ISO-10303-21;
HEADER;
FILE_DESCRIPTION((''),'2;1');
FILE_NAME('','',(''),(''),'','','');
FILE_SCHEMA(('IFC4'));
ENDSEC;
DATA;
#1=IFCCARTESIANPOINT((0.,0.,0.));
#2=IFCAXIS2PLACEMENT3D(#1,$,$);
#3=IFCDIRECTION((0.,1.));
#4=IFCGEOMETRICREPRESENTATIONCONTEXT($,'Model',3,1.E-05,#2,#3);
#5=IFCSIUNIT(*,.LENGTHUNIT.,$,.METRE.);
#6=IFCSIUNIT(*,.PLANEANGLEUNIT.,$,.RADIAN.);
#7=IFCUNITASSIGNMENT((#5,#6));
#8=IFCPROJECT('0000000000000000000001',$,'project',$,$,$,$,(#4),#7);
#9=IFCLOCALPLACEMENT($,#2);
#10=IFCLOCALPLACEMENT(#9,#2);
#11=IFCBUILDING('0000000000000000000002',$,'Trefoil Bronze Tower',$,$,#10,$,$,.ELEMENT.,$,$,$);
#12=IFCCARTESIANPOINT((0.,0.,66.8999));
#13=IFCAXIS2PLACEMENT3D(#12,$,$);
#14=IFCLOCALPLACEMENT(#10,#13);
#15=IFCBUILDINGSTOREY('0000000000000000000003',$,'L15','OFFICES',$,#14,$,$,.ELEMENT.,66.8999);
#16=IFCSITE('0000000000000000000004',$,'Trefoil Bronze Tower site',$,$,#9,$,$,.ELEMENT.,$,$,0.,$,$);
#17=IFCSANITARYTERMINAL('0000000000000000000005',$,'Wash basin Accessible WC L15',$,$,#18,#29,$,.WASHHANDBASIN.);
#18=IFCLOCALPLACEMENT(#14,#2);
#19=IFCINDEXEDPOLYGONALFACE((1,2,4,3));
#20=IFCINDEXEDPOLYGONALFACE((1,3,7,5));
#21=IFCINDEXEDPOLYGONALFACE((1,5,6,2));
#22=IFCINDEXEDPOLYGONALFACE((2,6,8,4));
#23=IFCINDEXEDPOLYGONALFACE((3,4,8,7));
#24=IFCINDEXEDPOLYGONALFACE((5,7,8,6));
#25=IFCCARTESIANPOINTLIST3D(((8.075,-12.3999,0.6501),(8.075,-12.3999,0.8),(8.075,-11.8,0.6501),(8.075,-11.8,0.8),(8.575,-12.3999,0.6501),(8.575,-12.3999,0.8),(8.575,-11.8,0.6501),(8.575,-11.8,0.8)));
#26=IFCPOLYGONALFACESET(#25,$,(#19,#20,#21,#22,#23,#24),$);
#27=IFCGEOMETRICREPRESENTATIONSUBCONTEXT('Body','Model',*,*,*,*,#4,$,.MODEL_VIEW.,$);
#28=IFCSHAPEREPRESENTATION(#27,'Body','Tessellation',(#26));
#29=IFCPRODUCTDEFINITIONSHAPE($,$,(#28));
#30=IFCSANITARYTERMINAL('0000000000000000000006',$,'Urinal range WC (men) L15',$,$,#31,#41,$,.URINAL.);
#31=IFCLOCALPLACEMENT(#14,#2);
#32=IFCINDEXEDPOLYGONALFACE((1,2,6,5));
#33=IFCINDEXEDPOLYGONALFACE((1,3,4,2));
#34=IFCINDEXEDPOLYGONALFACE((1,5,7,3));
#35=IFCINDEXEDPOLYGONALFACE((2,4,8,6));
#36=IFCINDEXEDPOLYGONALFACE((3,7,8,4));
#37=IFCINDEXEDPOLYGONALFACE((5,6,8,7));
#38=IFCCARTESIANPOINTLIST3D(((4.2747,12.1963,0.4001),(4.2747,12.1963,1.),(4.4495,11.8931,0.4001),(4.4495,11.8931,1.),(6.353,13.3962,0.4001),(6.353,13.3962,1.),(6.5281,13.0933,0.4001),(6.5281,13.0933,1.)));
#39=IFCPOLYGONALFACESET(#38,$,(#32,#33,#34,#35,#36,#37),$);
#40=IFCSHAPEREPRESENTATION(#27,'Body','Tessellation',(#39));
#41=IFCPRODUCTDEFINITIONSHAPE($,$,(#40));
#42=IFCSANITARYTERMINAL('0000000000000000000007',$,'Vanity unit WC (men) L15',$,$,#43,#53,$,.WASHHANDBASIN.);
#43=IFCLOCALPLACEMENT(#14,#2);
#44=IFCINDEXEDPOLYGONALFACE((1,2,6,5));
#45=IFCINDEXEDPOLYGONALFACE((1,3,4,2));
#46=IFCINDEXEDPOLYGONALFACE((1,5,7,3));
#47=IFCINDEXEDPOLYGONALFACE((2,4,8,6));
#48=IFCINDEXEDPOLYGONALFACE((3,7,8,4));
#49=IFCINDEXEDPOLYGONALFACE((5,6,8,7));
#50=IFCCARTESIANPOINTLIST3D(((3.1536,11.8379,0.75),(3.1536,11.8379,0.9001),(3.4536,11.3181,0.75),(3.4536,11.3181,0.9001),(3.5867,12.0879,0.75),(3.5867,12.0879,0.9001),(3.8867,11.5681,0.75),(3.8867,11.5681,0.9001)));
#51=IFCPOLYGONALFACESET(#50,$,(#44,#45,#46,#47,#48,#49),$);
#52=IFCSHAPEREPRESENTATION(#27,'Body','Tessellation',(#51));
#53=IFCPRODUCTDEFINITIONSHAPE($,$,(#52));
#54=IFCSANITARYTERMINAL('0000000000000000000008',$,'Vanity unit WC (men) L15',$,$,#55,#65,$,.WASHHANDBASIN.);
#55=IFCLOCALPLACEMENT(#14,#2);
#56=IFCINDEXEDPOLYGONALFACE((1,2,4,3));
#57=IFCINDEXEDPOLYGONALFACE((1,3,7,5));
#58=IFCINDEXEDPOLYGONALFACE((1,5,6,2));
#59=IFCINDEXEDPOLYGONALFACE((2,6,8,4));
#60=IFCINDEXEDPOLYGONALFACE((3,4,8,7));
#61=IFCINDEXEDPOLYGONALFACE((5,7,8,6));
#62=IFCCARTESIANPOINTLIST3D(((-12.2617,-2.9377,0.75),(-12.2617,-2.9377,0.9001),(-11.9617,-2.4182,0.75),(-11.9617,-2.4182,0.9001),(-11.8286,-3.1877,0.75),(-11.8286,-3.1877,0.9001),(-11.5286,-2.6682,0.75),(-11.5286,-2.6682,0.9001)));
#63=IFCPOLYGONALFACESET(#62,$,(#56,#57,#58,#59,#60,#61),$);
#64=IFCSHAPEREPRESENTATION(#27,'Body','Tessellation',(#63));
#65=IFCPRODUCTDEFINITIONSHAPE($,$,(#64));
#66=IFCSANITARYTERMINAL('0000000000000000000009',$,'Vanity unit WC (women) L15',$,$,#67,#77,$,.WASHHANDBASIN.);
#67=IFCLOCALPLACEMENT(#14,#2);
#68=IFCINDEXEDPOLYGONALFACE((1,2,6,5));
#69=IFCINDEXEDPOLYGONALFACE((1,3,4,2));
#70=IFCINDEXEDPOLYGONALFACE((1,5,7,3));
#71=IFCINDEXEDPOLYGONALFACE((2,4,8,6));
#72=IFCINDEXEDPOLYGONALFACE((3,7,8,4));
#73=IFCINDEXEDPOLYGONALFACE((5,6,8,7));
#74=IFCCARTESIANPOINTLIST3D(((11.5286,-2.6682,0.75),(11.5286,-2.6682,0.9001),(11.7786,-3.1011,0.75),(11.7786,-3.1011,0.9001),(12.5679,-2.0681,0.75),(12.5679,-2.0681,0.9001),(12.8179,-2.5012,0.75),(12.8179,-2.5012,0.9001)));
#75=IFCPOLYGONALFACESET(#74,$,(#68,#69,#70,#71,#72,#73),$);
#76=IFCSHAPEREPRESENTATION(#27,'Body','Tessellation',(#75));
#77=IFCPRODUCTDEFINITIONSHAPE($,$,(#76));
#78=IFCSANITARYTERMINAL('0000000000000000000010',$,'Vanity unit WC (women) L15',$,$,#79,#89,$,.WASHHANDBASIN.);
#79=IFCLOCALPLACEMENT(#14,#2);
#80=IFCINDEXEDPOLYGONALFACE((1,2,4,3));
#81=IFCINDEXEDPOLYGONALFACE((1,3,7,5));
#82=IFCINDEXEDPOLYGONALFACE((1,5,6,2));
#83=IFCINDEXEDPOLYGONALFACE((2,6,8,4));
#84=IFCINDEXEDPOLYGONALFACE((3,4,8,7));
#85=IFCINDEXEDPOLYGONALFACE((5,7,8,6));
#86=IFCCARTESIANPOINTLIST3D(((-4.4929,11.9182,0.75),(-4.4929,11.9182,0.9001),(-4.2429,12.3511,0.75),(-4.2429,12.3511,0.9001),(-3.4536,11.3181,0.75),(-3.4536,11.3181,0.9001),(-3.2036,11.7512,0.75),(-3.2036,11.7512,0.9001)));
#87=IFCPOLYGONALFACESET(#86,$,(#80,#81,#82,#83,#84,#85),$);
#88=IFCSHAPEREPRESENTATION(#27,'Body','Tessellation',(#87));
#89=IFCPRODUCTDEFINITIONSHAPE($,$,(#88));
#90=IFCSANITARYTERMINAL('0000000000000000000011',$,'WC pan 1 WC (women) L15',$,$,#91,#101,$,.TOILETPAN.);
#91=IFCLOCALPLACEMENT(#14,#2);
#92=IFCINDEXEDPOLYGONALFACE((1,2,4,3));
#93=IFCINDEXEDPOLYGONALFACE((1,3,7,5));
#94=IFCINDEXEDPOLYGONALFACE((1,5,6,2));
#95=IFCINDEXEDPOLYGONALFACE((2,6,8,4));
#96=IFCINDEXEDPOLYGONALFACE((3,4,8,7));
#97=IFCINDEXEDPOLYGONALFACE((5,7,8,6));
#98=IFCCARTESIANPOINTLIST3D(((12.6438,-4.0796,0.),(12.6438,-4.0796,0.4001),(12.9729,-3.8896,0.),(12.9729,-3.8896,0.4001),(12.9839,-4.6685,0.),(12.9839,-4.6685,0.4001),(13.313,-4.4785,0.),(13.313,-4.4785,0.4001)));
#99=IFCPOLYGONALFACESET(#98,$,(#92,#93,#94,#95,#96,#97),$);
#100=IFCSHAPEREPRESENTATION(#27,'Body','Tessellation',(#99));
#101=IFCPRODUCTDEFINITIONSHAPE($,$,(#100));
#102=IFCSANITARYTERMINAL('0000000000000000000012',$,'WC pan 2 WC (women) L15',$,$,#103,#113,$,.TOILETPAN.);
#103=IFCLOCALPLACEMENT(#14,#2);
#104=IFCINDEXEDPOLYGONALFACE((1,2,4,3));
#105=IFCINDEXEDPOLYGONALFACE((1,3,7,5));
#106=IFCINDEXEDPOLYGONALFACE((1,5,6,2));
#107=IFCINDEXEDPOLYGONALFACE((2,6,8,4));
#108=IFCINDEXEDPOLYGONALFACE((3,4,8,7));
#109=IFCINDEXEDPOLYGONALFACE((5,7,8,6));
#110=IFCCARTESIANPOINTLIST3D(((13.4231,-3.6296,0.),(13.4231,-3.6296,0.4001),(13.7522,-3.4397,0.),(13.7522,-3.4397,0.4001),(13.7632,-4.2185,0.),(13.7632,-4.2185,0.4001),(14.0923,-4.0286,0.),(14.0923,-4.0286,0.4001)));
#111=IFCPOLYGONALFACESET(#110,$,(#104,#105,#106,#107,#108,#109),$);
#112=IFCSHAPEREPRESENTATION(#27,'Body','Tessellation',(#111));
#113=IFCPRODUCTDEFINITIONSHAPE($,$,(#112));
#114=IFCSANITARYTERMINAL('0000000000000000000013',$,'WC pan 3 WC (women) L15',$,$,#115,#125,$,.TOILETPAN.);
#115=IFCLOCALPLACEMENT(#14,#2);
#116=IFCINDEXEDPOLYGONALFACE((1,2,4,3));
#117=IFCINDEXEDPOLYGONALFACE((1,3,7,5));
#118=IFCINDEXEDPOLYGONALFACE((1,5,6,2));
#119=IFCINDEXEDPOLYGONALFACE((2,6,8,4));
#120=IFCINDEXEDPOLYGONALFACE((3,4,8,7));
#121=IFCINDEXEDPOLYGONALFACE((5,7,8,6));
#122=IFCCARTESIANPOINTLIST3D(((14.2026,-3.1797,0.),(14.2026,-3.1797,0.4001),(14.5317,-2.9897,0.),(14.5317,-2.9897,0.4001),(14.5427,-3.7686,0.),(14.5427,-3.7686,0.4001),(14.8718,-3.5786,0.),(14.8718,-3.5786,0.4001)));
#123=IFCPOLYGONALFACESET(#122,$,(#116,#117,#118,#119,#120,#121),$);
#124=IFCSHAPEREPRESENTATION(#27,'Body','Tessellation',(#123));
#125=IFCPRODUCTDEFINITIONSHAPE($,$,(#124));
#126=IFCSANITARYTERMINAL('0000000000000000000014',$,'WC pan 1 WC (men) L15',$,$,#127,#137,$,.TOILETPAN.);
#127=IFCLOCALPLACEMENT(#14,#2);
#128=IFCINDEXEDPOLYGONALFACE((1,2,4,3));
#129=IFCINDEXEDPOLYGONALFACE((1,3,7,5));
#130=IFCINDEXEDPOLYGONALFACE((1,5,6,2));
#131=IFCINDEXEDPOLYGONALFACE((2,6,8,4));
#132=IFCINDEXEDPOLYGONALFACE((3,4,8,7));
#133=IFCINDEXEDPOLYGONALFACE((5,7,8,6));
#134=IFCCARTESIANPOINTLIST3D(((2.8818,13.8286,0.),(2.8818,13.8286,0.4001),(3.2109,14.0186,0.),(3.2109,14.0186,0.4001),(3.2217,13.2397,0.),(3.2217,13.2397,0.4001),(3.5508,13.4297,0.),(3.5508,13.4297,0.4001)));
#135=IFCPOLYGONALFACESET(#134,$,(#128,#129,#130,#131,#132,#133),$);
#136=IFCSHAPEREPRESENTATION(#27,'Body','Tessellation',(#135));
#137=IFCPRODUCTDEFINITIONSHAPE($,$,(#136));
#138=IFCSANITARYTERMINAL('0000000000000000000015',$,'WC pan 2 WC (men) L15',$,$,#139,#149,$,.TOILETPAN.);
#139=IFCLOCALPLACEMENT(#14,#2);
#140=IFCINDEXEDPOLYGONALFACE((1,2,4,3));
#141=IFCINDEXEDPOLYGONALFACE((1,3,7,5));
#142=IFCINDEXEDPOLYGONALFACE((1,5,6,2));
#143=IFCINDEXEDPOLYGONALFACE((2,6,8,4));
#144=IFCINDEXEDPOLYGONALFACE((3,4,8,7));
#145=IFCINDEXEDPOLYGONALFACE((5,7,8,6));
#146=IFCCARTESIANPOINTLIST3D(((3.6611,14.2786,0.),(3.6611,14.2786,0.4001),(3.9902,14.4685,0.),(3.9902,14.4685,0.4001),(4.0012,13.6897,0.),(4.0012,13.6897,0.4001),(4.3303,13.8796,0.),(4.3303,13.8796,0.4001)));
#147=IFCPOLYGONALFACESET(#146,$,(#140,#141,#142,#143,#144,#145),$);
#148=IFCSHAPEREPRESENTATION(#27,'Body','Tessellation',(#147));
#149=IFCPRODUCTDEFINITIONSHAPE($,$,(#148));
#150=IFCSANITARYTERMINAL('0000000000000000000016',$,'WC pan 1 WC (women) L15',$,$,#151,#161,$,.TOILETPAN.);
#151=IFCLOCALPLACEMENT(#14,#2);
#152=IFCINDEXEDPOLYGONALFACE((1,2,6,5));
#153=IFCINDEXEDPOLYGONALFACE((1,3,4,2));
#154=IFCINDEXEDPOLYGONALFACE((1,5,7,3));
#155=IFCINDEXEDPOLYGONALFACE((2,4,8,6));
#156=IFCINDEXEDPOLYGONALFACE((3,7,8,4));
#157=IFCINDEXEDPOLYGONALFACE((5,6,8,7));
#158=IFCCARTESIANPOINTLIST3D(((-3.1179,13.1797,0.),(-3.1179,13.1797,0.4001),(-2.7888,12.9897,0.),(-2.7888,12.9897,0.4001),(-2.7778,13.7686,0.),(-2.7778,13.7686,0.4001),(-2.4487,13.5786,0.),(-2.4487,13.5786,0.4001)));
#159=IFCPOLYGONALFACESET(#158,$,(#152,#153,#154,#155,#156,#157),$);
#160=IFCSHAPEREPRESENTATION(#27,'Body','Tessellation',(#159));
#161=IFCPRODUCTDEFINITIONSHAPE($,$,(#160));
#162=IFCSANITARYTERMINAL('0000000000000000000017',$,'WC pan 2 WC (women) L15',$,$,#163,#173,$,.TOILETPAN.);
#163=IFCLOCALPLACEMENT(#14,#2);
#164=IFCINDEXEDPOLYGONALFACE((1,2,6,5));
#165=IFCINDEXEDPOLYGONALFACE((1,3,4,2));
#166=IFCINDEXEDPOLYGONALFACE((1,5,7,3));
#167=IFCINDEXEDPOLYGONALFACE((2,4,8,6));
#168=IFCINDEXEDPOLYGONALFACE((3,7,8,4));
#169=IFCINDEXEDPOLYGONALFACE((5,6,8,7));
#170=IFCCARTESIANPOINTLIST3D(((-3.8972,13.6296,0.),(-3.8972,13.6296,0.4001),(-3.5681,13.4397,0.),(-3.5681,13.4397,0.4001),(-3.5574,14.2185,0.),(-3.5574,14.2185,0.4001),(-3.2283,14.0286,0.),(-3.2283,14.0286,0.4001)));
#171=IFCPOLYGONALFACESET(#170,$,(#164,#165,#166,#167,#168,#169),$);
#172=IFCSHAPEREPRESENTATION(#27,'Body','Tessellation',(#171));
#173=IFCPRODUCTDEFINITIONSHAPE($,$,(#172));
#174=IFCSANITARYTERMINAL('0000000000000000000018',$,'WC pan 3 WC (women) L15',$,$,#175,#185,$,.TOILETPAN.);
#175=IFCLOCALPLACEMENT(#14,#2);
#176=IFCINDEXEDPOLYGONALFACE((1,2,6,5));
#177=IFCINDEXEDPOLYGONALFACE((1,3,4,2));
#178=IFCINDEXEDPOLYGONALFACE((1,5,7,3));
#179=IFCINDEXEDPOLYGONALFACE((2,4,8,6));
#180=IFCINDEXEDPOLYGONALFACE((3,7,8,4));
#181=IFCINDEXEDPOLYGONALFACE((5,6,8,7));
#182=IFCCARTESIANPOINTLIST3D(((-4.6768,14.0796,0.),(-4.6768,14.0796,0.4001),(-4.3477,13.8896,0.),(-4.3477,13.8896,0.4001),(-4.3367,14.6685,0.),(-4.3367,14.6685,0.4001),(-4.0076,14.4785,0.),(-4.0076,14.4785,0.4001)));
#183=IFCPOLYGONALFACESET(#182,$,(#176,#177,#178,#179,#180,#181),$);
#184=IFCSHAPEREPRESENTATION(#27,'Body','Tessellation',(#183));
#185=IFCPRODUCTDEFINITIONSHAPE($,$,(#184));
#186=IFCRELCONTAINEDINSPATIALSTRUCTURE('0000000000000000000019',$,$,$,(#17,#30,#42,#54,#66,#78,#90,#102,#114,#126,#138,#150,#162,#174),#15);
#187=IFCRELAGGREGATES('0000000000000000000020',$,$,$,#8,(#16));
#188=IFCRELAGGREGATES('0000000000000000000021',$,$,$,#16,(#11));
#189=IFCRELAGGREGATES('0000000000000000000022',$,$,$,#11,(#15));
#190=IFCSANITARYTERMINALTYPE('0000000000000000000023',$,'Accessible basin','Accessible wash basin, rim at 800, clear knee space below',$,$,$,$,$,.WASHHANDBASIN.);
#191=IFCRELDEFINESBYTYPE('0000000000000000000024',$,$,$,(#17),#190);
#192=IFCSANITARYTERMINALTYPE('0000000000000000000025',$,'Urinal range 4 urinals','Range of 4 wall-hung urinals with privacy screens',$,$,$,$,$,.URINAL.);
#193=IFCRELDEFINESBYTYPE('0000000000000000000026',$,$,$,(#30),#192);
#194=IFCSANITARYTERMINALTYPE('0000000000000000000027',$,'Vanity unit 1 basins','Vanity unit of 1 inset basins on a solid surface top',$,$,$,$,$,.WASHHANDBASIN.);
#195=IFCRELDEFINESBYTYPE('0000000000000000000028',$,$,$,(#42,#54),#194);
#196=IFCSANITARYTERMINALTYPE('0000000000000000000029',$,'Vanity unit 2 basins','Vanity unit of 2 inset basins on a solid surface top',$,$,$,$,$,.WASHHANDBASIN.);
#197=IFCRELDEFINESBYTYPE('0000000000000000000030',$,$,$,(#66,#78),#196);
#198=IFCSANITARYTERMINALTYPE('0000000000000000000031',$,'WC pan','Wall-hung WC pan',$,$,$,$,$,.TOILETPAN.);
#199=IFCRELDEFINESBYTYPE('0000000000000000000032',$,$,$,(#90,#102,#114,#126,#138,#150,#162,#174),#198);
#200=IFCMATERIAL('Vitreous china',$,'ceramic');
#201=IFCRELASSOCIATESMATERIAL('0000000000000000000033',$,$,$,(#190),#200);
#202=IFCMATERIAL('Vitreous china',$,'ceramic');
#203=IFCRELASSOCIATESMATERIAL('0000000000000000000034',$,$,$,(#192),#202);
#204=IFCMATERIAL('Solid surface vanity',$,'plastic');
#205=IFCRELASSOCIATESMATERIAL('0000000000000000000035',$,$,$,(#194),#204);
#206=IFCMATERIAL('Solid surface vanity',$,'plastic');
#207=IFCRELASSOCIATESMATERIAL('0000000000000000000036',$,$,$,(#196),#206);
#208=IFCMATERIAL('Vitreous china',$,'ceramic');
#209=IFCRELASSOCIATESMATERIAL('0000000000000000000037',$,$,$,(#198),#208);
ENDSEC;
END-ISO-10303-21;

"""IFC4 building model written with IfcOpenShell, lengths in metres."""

from ifc_helpers import new_model, si_unit, direction, frame, origin, place, context, subcontext, project, spatial, polyline, outline, extrude, material, type_object, element, save


model = new_model("IFC4")

# Units and contexts
model_context = context("Model", 3, precision=1e-05, world=origin(), true_north=direction((0.0, 1.0)))
body_context = subcontext(model_context, "Body", "Model", "MODEL_VIEW")
ifc_project = project(units=[si_unit("LENGTHUNIT", "METRE"), si_unit("PLANEANGLEUNIT", "RADIAN")], contexts=[model_context])

# Site, building, storey
site_placement = place(None, origin())
site = spatial("IfcSite", under=ifc_project, at=site_placement, Name="Trefoil Bronze Tower site", CompositionType="ELEMENT", RefElevation=0.0)
building_placement = place(site_placement, origin())
building = spatial("IfcBuilding", under=site, at=building_placement, Name="Trefoil Bronze Tower", CompositionType="ELEMENT")
storey_placement = place(building_placement, frame((0.0, 0.0, 66.8999)))
storey = spatial("IfcBuildingStorey", under=building, at=storey_placement, Name="L15", Description="OFFICES", CompositionType="ELEMENT", Elevation=66.8999)

# Sanitary terminals
ifc_material_1 = material(Name="Vitreous china", Category="ceramic")
sanitary_terminal_type_1 = type_object("IfcSanitaryTerminalType", Name="Accessible basin", Description="Accessible wash basin, rim at 800, clear knee space below", PredefinedType="WASHHANDBASIN", material=ifc_material_1)
sanitary_terminal_1_placement = place(storey_placement, frame((0.0, 0.0, 0.6501)))
element("IfcSanitaryTerminal", 1, at=sanitary_terminal_1_placement, inside=storey, type_object=sanitary_terminal_type_1, Name="Wash basin Accessible WC L15", PredefinedType="WASHHANDBASIN", context=body_context, shape_type="SweptSolid", body=[
    extrude(outline(polyline([(8.075, -11.8), (8.575, -11.8), (8.575, -12.3999), (8.075, -12.3999), (8.075, -11.8)])), origin(), (0.0, 0.0, 1.0), 0.1499),
])
ifc_material_2 = material(Name="Vitreous china", Category="ceramic")
sanitary_terminal_type_2 = type_object("IfcSanitaryTerminalType", Name="Urinal range 4 urinals", Description="Range of 4 wall-hung urinals with privacy screens", PredefinedType="URINAL", material=ifc_material_2)
sanitary_terminal_2_placement = place(storey_placement, frame((0.0, 0.0, 0.4001)))
element("IfcSanitaryTerminal", 2, at=sanitary_terminal_2_placement, inside=storey, type_object=sanitary_terminal_type_2, Name="Urinal range WC (men) L15", PredefinedType="URINAL", context=body_context, shape_type="SweptSolid", body=[
    extrude(outline(polyline([(4.4495, 11.8931), (4.2747, 12.1963), (6.353, 13.3962), (6.5281, 13.0933), (4.4495, 11.8931)])), origin(), (0.0, 0.0, 1.0), 0.5999),
])
ifc_material_3 = material(Name="Solid surface vanity", Category="plastic")
sanitary_terminal_type_3 = type_object("IfcSanitaryTerminalType", Name="Vanity unit 1 basins", Description="Vanity unit of 1 inset basins on a solid surface top", PredefinedType="WASHHANDBASIN", material=ifc_material_3)
sanitary_terminal_3_placement = place(storey_placement, frame((0.0, 0.0, 0.75)))
element("IfcSanitaryTerminal", 3, at=sanitary_terminal_3_placement, inside=storey, type_object=sanitary_terminal_type_3, Name="Vanity unit WC (men) L15", PredefinedType="WASHHANDBASIN", context=body_context, shape_type="SweptSolid", body=[
    extrude(outline(polyline([(3.4536, 11.3181), (3.1536, 11.8379), (3.5867, 12.0879), (3.8867, 11.5681), (3.4536, 11.3181)])), origin(), (0.0, 0.0, 1.0), 0.1501),
])
sanitary_terminal_4_placement = place(storey_placement, frame((0.0, 0.0, 0.75)))
element("IfcSanitaryTerminal", 4, at=sanitary_terminal_4_placement, inside=storey, type_object=sanitary_terminal_type_3, Name="Vanity unit WC (men) L15", PredefinedType="WASHHANDBASIN", context=body_context, shape_type="SweptSolid", body=[
    extrude(outline(polyline([(-11.5286, -2.6682), (-11.8286, -3.1877), (-12.2617, -2.9377), (-11.9617, -2.4182), (-11.5286, -2.6682)])), origin(), (0.0, 0.0, 1.0), 0.1501),
])
ifc_material_4 = material(Name="Solid surface vanity", Category="plastic")
sanitary_terminal_type_4 = type_object("IfcSanitaryTerminalType", Name="Vanity unit 2 basins", Description="Vanity unit of 2 inset basins on a solid surface top", PredefinedType="WASHHANDBASIN", material=ifc_material_4)
sanitary_terminal_5_placement = place(storey_placement, frame((0.0, 0.0, 0.75)))
element("IfcSanitaryTerminal", 5, at=sanitary_terminal_5_placement, inside=storey, type_object=sanitary_terminal_type_4, Name="Vanity unit WC (women) L15", PredefinedType="WASHHANDBASIN", context=body_context, shape_type="SweptSolid", body=[
    extrude(outline(polyline([(11.5286, -2.6682), (11.7786, -3.1011), (12.8179, -2.5012), (12.5679, -2.0681), (11.5286, -2.6682)])), origin(), (0.0, 0.0, 1.0), 0.1501),
])
sanitary_terminal_6_placement = place(storey_placement, frame((0.0, 0.0, 0.75)))
element("IfcSanitaryTerminal", 6, at=sanitary_terminal_6_placement, inside=storey, type_object=sanitary_terminal_type_4, Name="Vanity unit WC (women) L15", PredefinedType="WASHHANDBASIN", context=body_context, shape_type="SweptSolid", body=[
    extrude(outline(polyline([(-3.4536, 11.3181), (-3.2036, 11.7512), (-4.2429, 12.3511), (-4.4929, 11.9182), (-3.4536, 11.3181)])), origin(), (0.0, 0.0, 1.0), 0.1501),
])
ifc_material_5 = material(Name="Vitreous china", Category="ceramic")
sanitary_terminal_type_5 = type_object("IfcSanitaryTerminalType", Name="WC pan", Description="Wall-hung WC pan", PredefinedType="TOILETPAN", material=ifc_material_5)
sanitary_terminal_7_placement = place(storey_placement, origin())
element("IfcSanitaryTerminal", 7, at=sanitary_terminal_7_placement, inside=storey, type_object=sanitary_terminal_type_5, Name="WC pan 1 WC (women) L15", PredefinedType="TOILETPAN", context=body_context, shape_type="SweptSolid", body=[
    extrude(outline(polyline([(12.6438, -4.0796), (12.9839, -4.6685), (13.313, -4.4785), (12.9729, -3.8896), (12.6438, -4.0796)])), origin(), (0.0, 0.0, 1.0), 0.4001),
])
sanitary_terminal_8_placement = place(storey_placement, origin())
element("IfcSanitaryTerminal", 8, at=sanitary_terminal_8_placement, inside=storey, type_object=sanitary_terminal_type_5, Name="WC pan 2 WC (women) L15", PredefinedType="TOILETPAN", context=body_context, shape_type="SweptSolid", body=[
    extrude(outline(polyline([(13.4231, -3.6296), (13.7632, -4.2185), (14.0923, -4.0286), (13.7522, -3.4397), (13.4231, -3.6296)])), origin(), (0.0, 0.0, 1.0), 0.4001),
])
sanitary_terminal_9_placement = place(storey_placement, origin())
element("IfcSanitaryTerminal", 9, at=sanitary_terminal_9_placement, inside=storey, type_object=sanitary_terminal_type_5, Name="WC pan 3 WC (women) L15", PredefinedType="TOILETPAN", context=body_context, shape_type="SweptSolid", body=[
    extrude(outline(polyline([(14.2026, -3.1797), (14.5427, -3.7686), (14.8718, -3.5786), (14.5317, -2.9897), (14.2026, -3.1797)])), origin(), (0.0, 0.0, 1.0), 0.4001),
])
sanitary_terminal_10_placement = place(storey_placement, origin())
element("IfcSanitaryTerminal", 10, at=sanitary_terminal_10_placement, inside=storey, type_object=sanitary_terminal_type_5, Name="WC pan 1 WC (men) L15", PredefinedType="TOILETPAN", context=body_context, shape_type="SweptSolid", body=[
    extrude(outline(polyline([(3.2217, 13.2397), (2.8818, 13.8286), (3.2109, 14.0186), (3.5508, 13.4297), (3.2217, 13.2397)])), origin(), (0.0, 0.0, 1.0), 0.4001),
])
sanitary_terminal_11_placement = place(storey_placement, origin())
element("IfcSanitaryTerminal", 11, at=sanitary_terminal_11_placement, inside=storey, type_object=sanitary_terminal_type_5, Name="WC pan 2 WC (men) L15", PredefinedType="TOILETPAN", context=body_context, shape_type="SweptSolid", body=[
    extrude(outline(polyline([(4.0012, 13.6897), (3.6611, 14.2786), (3.9902, 14.4685), (4.3303, 13.8796), (4.0012, 13.6897)])), origin(), (0.0, 0.0, 1.0), 0.4001),
])
sanitary_terminal_12_placement = place(storey_placement, origin())
element("IfcSanitaryTerminal", 12, at=sanitary_terminal_12_placement, inside=storey, type_object=sanitary_terminal_type_5, Name="WC pan 1 WC (women) L15", PredefinedType="TOILETPAN", context=body_context, shape_type="SweptSolid", body=[
    extrude(outline(polyline([(-2.7888, 12.9897), (-2.4487, 13.5786), (-2.7778, 13.7686), (-3.1179, 13.1797), (-2.7888, 12.9897)])), origin(), (0.0, 0.0, 1.0), 0.4001),
])
sanitary_terminal_13_placement = place(storey_placement, origin())
element("IfcSanitaryTerminal", 13, at=sanitary_terminal_13_placement, inside=storey, type_object=sanitary_terminal_type_5, Name="WC pan 2 WC (women) L15", PredefinedType="TOILETPAN", context=body_context, shape_type="SweptSolid", body=[
    extrude(outline(polyline([(-3.5681, 13.4397), (-3.2283, 14.0286), (-3.5574, 14.2185), (-3.8972, 13.6296), (-3.5681, 13.4397)])), origin(), (0.0, 0.0, 1.0), 0.4001),
])
sanitary_terminal_14_placement = place(storey_placement, origin())
element("IfcSanitaryTerminal", 14, at=sanitary_terminal_14_placement, inside=storey, type_object=sanitary_terminal_type_5, Name="WC pan 3 WC (women) L15", PredefinedType="TOILETPAN", context=body_context, shape_type="SweptSolid", body=[
    extrude(outline(polyline([(-4.3477, 13.8896), (-4.0076, 14.4785), (-4.3367, 14.6685), (-4.6768, 14.0796), (-4.3477, 13.8896)])), origin(), (0.0, 0.0, 1.0), 0.4001),
])

save(model, "model.ifc")
